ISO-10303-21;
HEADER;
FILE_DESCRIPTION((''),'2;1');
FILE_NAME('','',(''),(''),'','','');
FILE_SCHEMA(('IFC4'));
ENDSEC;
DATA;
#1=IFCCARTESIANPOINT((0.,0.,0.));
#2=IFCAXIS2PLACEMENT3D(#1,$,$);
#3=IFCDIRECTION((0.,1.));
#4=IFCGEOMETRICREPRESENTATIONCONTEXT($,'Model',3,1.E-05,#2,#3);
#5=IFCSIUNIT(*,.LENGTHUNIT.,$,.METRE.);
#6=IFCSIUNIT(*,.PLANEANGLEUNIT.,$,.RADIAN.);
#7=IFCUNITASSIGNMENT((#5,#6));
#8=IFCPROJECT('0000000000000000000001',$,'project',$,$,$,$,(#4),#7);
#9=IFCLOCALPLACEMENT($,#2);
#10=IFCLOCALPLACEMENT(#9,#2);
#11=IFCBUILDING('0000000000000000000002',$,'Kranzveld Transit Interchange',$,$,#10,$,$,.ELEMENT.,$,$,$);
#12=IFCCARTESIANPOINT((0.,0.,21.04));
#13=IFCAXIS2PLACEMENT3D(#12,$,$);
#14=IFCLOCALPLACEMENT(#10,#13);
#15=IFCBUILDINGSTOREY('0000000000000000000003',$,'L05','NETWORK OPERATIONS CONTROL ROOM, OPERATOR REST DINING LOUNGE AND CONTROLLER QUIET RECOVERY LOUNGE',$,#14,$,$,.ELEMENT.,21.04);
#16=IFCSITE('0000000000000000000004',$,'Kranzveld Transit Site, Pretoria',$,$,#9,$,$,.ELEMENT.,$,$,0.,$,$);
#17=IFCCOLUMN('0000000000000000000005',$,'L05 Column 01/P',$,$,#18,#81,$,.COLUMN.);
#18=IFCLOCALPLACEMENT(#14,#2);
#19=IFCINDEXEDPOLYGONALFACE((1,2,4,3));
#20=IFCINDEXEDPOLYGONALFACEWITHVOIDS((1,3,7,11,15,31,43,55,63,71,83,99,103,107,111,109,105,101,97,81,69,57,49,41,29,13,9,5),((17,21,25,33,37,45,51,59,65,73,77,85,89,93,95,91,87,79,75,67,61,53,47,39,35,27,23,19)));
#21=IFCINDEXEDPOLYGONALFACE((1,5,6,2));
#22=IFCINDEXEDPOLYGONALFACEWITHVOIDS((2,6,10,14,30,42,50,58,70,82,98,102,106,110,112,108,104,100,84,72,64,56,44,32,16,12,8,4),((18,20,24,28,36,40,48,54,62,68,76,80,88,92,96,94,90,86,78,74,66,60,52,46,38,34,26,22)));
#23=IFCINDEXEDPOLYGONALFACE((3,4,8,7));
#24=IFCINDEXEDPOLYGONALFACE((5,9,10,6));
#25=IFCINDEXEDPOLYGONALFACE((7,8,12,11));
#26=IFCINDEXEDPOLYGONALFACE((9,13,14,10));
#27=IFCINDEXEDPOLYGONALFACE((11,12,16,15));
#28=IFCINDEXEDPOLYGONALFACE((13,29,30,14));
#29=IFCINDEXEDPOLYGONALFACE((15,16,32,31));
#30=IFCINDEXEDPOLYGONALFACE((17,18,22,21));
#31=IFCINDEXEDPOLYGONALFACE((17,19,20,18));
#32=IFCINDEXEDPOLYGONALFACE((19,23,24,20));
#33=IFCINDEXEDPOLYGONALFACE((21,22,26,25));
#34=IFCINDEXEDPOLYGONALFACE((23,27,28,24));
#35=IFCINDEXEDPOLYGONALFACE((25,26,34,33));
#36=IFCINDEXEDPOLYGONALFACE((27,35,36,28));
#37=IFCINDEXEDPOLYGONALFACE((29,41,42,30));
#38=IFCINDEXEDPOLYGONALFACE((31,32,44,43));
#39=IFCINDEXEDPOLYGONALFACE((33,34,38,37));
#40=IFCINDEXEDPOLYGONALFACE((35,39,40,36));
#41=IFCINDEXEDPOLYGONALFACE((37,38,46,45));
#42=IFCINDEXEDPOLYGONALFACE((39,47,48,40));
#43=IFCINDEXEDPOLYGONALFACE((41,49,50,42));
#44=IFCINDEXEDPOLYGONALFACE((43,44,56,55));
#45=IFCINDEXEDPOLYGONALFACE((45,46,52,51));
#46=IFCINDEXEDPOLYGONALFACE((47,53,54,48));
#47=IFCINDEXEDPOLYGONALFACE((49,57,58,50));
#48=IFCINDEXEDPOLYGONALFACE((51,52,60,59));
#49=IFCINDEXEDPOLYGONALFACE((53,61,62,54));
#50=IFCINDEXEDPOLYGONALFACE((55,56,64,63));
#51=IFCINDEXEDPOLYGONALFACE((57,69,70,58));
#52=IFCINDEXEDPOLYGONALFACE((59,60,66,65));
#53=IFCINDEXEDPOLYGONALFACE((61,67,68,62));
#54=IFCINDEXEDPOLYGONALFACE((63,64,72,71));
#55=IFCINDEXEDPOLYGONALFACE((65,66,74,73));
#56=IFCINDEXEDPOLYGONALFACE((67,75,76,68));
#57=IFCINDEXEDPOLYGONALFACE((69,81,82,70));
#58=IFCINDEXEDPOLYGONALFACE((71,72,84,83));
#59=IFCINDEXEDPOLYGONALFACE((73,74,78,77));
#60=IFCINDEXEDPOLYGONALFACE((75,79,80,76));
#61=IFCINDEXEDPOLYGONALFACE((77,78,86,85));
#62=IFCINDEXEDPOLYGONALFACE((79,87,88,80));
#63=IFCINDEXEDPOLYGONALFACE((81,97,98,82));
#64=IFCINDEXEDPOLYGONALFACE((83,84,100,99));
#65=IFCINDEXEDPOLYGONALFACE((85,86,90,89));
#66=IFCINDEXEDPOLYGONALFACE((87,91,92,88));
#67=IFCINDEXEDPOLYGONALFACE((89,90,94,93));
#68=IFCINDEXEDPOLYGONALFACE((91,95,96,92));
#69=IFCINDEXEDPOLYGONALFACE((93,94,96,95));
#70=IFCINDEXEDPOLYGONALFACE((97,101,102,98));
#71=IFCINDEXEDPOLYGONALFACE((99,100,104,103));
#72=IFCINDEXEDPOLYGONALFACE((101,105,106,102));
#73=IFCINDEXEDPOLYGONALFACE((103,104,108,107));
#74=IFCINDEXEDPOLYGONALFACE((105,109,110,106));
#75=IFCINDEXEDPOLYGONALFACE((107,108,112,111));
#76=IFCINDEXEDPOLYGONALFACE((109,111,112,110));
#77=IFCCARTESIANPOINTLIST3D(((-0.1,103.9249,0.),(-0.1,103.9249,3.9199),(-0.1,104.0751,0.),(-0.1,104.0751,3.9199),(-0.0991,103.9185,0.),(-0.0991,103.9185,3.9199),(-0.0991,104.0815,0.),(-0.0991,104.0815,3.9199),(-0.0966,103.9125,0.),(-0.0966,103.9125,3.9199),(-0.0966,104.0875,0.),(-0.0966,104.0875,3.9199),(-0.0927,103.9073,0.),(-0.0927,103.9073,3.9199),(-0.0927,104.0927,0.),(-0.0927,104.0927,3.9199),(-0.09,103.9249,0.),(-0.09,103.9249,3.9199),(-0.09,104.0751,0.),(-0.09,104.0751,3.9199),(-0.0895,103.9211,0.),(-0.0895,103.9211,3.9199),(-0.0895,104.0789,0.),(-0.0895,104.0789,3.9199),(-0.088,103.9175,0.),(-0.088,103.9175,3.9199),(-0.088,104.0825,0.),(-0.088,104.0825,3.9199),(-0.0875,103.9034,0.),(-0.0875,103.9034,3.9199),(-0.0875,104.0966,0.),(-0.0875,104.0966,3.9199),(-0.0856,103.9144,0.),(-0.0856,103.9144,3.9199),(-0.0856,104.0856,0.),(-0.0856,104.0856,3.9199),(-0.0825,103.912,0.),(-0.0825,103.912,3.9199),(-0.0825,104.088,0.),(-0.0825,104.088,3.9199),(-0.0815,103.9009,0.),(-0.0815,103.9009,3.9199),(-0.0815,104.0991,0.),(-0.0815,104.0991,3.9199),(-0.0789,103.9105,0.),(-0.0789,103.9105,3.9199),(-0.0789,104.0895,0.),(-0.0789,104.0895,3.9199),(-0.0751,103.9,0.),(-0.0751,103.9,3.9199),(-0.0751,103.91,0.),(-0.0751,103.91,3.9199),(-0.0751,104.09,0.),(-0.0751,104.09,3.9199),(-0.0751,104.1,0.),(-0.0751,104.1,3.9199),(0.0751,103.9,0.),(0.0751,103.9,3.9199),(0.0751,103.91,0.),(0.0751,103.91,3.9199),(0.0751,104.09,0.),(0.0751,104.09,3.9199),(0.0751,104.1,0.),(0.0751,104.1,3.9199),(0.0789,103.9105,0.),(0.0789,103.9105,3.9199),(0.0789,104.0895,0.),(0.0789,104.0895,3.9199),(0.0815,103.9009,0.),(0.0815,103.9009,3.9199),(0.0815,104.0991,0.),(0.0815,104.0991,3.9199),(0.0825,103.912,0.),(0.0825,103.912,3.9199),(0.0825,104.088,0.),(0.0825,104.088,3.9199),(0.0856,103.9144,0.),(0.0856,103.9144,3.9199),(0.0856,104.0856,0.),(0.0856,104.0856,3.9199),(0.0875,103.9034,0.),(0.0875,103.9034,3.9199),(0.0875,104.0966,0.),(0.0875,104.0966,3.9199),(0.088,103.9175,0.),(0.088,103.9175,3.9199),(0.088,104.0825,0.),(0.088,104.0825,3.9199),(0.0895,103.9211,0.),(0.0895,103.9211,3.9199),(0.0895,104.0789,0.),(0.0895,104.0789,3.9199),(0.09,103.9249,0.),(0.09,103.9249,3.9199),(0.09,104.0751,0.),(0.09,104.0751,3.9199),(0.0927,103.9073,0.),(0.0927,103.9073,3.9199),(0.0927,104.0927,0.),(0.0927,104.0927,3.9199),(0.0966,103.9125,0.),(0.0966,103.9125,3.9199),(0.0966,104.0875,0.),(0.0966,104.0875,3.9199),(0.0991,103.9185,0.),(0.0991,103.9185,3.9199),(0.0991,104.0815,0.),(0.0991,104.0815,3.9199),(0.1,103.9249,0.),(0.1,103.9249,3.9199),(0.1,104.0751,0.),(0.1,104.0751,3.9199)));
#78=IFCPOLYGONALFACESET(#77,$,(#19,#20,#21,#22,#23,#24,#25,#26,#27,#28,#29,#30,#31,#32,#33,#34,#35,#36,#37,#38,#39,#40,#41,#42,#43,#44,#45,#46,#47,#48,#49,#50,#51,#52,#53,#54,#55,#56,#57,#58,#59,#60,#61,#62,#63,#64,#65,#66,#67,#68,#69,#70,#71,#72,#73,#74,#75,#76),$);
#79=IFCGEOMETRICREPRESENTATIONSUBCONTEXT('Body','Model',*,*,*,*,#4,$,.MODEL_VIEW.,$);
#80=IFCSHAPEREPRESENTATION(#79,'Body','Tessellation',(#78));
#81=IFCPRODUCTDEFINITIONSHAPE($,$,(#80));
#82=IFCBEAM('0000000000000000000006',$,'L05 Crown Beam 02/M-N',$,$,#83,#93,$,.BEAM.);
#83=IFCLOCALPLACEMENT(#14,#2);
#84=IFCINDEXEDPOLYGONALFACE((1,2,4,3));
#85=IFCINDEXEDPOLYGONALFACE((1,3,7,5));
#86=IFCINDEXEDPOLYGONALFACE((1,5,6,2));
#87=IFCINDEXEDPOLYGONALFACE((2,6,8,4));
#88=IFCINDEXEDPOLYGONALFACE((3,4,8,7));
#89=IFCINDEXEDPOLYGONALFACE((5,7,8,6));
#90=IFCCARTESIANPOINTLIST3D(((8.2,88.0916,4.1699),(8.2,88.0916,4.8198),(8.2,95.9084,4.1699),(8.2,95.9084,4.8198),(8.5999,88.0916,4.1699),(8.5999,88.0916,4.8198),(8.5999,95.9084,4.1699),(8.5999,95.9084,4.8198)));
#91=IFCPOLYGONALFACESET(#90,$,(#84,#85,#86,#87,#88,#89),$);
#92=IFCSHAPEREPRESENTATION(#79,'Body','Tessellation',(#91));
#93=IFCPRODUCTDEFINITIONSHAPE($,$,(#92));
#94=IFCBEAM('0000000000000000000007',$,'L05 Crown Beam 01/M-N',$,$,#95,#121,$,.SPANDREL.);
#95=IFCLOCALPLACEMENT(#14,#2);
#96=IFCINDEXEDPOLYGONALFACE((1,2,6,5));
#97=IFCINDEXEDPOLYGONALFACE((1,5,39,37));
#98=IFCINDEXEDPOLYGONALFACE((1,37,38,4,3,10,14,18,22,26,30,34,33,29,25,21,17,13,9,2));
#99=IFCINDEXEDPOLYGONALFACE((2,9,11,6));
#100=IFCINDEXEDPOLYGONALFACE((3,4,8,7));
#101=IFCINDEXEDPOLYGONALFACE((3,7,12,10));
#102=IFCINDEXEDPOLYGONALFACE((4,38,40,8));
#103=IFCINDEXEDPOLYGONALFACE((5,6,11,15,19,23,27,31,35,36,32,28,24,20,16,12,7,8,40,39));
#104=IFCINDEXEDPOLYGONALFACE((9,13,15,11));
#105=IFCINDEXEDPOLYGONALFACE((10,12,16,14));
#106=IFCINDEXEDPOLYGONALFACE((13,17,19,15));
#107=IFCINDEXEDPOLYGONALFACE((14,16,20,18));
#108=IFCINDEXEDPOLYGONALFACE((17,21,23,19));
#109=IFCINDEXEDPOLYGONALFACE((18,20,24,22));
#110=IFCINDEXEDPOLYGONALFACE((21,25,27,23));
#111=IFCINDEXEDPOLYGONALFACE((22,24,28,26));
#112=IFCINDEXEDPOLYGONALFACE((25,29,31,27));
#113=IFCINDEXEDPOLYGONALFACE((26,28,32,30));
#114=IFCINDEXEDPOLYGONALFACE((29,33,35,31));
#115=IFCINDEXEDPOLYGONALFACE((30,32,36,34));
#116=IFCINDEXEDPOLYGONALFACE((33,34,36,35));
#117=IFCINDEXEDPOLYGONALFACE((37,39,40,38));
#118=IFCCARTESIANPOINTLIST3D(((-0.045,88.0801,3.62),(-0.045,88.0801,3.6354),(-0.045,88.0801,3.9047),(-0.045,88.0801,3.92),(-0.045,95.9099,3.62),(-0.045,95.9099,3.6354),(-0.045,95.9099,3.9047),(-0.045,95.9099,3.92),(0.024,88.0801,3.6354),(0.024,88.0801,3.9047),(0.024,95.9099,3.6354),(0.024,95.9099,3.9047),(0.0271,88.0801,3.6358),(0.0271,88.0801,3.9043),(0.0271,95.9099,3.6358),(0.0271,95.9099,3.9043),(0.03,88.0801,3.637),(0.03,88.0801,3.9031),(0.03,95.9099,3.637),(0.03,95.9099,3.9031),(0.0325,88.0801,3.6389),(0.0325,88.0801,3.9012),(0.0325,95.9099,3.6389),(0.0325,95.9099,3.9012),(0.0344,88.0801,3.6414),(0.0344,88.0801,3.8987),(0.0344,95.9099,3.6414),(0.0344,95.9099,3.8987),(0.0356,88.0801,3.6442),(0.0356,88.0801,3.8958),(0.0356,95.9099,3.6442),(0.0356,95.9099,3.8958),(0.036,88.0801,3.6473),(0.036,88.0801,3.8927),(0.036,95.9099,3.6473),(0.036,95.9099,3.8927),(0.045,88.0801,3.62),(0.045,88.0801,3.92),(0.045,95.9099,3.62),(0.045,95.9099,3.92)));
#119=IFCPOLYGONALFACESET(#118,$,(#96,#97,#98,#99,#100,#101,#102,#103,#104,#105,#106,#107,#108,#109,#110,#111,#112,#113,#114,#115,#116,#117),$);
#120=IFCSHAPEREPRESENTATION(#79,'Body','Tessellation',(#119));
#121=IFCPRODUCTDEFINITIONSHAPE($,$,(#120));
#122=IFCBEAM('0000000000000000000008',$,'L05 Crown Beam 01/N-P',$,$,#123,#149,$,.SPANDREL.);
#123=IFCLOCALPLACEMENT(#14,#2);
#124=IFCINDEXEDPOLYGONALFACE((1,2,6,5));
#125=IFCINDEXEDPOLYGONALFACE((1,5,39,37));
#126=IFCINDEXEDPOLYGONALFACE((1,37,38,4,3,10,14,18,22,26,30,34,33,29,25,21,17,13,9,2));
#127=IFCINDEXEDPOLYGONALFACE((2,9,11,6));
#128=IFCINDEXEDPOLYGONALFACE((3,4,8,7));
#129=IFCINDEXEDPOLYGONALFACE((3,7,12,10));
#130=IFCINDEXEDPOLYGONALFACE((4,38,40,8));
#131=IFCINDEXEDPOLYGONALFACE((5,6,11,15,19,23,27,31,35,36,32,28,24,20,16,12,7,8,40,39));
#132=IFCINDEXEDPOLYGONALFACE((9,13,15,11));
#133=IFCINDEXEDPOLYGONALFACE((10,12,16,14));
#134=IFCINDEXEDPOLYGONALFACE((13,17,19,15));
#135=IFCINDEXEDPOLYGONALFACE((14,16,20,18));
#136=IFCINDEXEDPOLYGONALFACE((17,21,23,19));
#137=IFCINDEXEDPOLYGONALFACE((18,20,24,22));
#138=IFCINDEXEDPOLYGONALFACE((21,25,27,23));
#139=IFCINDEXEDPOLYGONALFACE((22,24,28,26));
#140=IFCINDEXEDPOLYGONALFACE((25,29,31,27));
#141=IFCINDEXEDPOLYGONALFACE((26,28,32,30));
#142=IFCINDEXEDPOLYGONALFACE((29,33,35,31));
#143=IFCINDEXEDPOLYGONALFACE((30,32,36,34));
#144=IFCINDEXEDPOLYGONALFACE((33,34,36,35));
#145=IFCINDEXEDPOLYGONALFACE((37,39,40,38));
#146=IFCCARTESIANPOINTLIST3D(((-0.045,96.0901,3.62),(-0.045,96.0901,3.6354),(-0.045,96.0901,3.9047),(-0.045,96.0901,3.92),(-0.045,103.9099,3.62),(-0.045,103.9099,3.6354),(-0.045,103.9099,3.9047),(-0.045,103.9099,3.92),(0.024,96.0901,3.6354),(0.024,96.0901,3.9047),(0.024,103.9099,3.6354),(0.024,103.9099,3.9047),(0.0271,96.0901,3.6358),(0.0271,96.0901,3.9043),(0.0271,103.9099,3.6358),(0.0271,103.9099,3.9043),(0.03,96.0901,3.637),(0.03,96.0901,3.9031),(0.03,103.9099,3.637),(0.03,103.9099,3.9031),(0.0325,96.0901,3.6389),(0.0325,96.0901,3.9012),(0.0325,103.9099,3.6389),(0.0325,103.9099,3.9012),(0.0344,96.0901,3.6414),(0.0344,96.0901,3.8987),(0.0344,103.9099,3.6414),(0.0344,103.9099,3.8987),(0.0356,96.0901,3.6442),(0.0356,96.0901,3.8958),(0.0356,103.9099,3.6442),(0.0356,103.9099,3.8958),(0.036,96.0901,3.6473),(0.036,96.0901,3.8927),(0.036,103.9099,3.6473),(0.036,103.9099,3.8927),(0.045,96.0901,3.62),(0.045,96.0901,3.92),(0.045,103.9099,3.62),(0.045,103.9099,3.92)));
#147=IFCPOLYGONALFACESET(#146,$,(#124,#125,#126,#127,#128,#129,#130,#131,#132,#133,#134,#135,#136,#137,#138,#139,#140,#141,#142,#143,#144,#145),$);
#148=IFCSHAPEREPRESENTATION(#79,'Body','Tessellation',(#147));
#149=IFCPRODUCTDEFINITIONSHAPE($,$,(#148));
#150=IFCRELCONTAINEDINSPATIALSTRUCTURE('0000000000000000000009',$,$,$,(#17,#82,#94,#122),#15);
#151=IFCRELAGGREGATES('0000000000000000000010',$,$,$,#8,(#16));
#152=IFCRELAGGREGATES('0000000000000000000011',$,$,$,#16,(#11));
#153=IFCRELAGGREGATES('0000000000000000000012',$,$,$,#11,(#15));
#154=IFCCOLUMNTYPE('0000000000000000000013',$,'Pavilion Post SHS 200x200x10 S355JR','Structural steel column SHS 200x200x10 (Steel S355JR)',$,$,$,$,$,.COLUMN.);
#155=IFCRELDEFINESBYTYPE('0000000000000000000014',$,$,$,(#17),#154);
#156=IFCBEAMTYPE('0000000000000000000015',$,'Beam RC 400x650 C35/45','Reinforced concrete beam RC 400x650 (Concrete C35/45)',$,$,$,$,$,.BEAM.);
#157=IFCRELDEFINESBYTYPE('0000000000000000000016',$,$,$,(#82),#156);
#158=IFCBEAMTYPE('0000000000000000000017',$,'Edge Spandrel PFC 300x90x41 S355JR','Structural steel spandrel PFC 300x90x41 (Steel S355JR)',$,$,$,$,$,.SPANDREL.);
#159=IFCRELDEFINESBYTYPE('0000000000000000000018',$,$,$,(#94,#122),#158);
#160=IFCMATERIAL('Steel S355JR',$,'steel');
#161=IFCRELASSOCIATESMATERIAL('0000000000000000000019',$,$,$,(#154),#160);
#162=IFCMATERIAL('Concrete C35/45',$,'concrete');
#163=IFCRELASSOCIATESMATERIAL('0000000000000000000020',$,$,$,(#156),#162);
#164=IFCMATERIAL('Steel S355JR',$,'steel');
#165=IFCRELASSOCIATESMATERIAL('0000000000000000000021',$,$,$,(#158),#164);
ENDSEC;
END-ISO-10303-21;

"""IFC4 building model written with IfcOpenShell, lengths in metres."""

from ifc_helpers import new_model, si_unit, direction, frame, origin, origin_2d, place, context, subcontext, project, spatial, rectangle, hollow_rectangle, u_section, extrude, material, material_profile, profile_set, type_object, element, save


model = new_model("IFC4")

# Units and contexts
model_context = context("Model", 3, precision=1e-05, world=origin(), true_north=direction((0.0, 1.0)))
body_context = subcontext(model_context, "Body", "Model", "MODEL_VIEW")
ifc_project = project(units=[si_unit("LENGTHUNIT", "METRE"), si_unit("PLANEANGLEUNIT", "RADIAN")], contexts=[model_context])

# Site, building, storey
site_placement = place(None, origin())
site = spatial("IfcSite", under=ifc_project, at=site_placement, Name="Kranzveld Transit Site, Pretoria", CompositionType="ELEMENT", RefElevation=0.0)
building_placement = place(site_placement, origin())
building = spatial("IfcBuilding", under=site, at=building_placement, Name="Kranzveld Transit Interchange", CompositionType="ELEMENT")
storey_placement = place(building_placement, frame((0.0, 0.0, 21.04)))
storey = spatial("IfcBuildingStorey", under=building, at=storey_placement, Name="L05", Description="NETWORK OPERATIONS CONTROL ROOM, OPERATOR REST DINING LOUNGE AND CONTROLLER QUIET RECOVERY LOUNGE", CompositionType="ELEMENT", Elevation=21.04)

# Column
ifc_material_1 = material(Name="Steel S355JR", Category="steel")
ifc_material_profile_1 = material_profile(ifc_material_1, hollow_rectangle(XDim=0.2, YDim=0.2, WallThickness=0.01, InnerFilletRadius=0.0149, OuterFilletRadius=0.0249, at=origin_2d()), Name="SHS 200x200x10")
ifc_profile_set_1 = profile_set([ifc_material_profile_1], Name="Steel S355JR")
column_type_1 = type_object("IfcColumnType", Name="Pavilion Post SHS 200x200x10 S355JR", Description="Structural steel column SHS 200x200x10 (Steel S355JR)", PredefinedType="COLUMN", material=ifc_profile_set_1)
for number, where, z_axis, x_axis, name in (
    (1, (0.0, 104.0, 0.0), (0.0, 0.0, 1.0), (1.0, 0.0, 0.0), "L05 Column 01/P"),
):
    element("IfcColumn", number, at=place(storey_placement, frame(where, z_axis=z_axis, x_axis=x_axis)), inside=storey, type_object=column_type_1, Name=name, PredefinedType="COLUMN", context=body_context, shape_type="SweptSolid", body=[
        extrude(hollow_rectangle(XDim=0.2, YDim=0.2, WallThickness=0.01, InnerFilletRadius=0.0149, OuterFilletRadius=0.0249, at=origin_2d()), origin(), (0.0, 0.0, 1.0), 3.9199),
    ])

# Beams
ifc_material_2 = material(Name="Concrete C35/45", Category="concrete")
ifc_material_profile_2 = material_profile(ifc_material_2, rectangle(XDim=0.3999, YDim=0.6499, at=origin_2d()), Name="RC 400x650")
ifc_profile_set_2 = profile_set([ifc_material_profile_2], Name="Concrete C35/45")
beam_type_1 = type_object("IfcBeamType", Name="Beam RC 400x650 C35/45", Description="Reinforced concrete beam RC 400x650 (Concrete C35/45)", PredefinedType="BEAM", material=ifc_profile_set_2)
beam_1_placement = place(storey_placement, frame((8.3999, 88.0916, 4.4949), z_axis=(0.0, 1.0, 0.0), x_axis=(-1.0, 0.0, 0.0)))
element("IfcBeam", 2, at=beam_1_placement, inside=storey, type_object=beam_type_1, Name="L05 Crown Beam 02/M-N", PredefinedType="BEAM", context=body_context, shape_type="SweptSolid", body=[
    extrude(rectangle(XDim=0.3999, YDim=0.6499, at=origin_2d()), origin(), (0.0, 0.0, 1.0), 7.8169),
])
ifc_material_3 = material(Name="Steel S355JR", Category="steel")
ifc_material_profile_3 = material_profile(ifc_material_3, u_section(Depth=0.3, FlangeWidth=0.0901, WebThickness=0.009, FlangeThickness=0.0154, FilletRadius=0.012, at=origin_2d()), Name="PFC 300x90x41")
ifc_profile_set_3 = profile_set([ifc_material_profile_3], Name="Steel S355JR")
beam_type_2 = type_object("IfcBeamType", Name="Edge Spandrel PFC 300x90x41 S355JR", Description="Structural steel spandrel PFC 300x90x41 (Steel S355JR)", PredefinedType="SPANDREL", material=ifc_profile_set_3)
beam_2_placement = place(storey_placement, frame((0.0, 88.0801, 3.77), z_axis=(0.0, 1.0, 0.0), x_axis=(-1.0, 0.0, 0.0)))
element("IfcBeam", 3, at=beam_2_placement, inside=storey, type_object=beam_type_2, Name="L05 Crown Beam 01/M-N", PredefinedType="SPANDREL", context=body_context, shape_type="SweptSolid", body=[
    extrude(u_section(Depth=0.3, FlangeWidth=0.0901, WebThickness=0.009, FlangeThickness=0.0154, FilletRadius=0.012, at=origin_2d()), origin(), (0.0, 0.0, 1.0), 7.8298),
])
beam_3_placement = place(storey_placement, frame((0.0, 96.0901, 3.77), z_axis=(0.0, 1.0, 0.0), x_axis=(-1.0, 0.0, 0.0)))
element("IfcBeam", 4, at=beam_3_placement, inside=storey, type_object=beam_type_2, Name="L05 Crown Beam 01/N-P", PredefinedType="SPANDREL", context=body_context, shape_type="SweptSolid", body=[
    extrude(u_section(Depth=0.3, FlangeWidth=0.0901, WebThickness=0.009, FlangeThickness=0.0154, FilletRadius=0.012, at=origin_2d()), origin(), (0.0, 0.0, 1.0), 7.8198),
])

save(model, "model.ifc")
